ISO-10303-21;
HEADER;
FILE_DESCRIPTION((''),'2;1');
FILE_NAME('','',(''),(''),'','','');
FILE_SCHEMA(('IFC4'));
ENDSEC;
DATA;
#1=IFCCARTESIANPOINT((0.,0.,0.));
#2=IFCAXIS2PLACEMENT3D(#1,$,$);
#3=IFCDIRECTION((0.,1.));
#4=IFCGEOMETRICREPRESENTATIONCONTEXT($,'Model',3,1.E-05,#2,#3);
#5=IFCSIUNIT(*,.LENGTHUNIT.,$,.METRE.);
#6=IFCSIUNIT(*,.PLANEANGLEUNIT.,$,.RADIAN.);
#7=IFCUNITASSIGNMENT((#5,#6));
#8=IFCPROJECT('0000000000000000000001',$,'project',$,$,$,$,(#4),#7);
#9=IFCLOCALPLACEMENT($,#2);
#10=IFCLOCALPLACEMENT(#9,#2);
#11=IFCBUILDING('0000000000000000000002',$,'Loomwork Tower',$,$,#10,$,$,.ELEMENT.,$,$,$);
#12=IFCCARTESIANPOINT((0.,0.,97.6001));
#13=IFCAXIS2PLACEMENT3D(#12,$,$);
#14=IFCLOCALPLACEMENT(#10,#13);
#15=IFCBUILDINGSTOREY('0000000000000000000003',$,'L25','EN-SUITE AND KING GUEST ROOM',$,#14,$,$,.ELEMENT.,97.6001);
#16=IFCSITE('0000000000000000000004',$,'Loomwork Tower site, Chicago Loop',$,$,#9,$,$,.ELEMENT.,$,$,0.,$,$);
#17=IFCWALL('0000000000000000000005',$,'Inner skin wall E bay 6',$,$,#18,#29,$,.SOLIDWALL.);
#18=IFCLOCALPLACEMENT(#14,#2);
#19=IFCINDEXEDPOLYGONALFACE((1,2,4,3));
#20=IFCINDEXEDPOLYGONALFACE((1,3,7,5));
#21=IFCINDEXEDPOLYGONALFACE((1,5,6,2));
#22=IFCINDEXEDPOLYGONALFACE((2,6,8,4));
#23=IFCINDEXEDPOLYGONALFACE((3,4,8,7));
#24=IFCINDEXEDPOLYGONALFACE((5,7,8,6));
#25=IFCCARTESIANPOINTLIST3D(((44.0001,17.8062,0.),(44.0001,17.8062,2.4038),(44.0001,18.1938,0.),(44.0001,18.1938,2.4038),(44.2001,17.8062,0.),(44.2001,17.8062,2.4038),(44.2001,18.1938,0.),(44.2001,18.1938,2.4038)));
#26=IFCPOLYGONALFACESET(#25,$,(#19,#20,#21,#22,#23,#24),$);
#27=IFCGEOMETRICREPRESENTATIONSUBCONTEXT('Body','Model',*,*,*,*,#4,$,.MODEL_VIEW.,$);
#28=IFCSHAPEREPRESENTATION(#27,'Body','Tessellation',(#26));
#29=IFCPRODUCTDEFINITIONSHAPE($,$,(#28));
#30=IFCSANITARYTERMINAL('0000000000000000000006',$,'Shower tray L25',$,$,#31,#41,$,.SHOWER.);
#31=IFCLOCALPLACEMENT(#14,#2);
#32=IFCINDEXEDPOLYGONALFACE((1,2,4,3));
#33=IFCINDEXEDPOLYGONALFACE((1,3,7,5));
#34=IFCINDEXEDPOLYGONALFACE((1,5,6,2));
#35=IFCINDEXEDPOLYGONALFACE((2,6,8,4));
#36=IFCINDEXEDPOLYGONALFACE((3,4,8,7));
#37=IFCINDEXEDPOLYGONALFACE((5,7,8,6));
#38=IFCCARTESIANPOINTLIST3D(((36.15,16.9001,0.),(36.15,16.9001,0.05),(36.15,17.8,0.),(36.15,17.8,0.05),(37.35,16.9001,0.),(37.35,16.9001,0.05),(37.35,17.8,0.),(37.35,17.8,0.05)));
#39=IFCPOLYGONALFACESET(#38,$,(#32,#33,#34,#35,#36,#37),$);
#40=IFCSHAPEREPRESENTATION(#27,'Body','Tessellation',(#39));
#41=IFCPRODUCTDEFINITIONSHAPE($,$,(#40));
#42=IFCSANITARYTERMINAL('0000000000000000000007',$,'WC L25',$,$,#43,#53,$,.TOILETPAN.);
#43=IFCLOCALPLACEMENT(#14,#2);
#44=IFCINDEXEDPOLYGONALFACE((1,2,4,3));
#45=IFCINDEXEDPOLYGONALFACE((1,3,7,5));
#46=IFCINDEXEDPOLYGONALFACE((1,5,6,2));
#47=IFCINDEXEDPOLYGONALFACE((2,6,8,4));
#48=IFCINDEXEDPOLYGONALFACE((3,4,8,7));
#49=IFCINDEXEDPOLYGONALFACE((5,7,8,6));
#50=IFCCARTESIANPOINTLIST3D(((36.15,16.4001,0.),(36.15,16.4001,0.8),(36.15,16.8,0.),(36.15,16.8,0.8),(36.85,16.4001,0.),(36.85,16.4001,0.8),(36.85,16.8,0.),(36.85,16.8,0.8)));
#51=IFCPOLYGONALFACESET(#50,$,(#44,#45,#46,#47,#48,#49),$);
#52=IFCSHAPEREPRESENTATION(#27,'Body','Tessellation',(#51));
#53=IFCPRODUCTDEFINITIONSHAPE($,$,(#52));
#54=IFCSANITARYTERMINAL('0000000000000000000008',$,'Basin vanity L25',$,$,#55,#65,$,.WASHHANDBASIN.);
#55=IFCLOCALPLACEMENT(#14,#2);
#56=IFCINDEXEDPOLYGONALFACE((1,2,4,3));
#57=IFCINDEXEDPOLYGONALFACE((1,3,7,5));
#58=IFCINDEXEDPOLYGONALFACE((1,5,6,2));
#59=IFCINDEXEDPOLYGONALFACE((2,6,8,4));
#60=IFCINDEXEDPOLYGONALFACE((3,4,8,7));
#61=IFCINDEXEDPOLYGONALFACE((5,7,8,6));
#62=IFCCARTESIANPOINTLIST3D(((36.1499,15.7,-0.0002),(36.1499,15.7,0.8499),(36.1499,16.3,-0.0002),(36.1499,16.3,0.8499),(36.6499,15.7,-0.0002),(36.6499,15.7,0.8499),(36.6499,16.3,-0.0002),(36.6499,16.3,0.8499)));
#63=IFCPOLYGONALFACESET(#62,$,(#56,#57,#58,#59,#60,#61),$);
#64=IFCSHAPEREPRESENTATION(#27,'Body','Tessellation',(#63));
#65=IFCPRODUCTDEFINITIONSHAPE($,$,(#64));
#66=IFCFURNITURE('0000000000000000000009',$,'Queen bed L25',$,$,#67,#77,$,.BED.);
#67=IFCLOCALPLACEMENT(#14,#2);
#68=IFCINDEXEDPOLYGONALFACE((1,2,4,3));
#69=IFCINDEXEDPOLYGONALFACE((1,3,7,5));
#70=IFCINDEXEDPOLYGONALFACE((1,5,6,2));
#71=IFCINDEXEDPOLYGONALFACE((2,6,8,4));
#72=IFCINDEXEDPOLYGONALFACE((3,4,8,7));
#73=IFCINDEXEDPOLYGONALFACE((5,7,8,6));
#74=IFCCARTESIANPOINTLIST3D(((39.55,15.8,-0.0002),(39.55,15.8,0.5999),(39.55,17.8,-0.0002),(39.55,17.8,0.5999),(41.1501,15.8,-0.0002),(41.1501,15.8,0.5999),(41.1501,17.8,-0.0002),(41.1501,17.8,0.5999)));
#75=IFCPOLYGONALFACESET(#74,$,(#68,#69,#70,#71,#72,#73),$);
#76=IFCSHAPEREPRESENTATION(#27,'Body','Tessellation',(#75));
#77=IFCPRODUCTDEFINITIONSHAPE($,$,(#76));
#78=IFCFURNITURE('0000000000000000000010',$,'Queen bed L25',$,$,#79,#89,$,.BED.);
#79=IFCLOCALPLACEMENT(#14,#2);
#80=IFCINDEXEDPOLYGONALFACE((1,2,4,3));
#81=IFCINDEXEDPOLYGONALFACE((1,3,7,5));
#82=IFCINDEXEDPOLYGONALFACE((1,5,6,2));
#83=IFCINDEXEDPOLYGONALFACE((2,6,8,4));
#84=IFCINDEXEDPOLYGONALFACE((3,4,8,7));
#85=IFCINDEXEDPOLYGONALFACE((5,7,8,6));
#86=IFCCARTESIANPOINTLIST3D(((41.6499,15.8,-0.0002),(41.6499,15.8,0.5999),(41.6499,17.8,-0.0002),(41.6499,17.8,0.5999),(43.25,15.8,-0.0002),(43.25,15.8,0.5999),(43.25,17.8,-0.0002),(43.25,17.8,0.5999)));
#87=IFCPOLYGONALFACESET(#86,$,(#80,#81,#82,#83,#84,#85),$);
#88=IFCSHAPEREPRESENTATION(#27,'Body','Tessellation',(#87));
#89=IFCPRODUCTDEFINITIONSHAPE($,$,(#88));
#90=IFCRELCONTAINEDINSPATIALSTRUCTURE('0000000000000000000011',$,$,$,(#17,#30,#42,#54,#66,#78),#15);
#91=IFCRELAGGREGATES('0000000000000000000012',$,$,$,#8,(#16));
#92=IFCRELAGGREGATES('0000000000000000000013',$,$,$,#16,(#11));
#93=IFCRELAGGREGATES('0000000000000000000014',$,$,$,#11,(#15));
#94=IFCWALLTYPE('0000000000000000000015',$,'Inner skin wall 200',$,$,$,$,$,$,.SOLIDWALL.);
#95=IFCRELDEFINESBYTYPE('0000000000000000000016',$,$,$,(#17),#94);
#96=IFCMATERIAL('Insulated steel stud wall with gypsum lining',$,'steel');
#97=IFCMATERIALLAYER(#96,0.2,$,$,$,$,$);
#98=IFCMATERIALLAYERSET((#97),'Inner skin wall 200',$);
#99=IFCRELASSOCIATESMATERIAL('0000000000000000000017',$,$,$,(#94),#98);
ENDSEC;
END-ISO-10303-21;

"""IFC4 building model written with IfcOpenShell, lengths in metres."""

from ifc_helpers import new_model, si_unit, direction, frame, frame_2d, origin, origin_2d, place, context, subcontext, project, spatial, rectangle, extrude, material, layer, layer_set, type_object, element, save


model = new_model("IFC4")

# Units and contexts
model_context = context("Model", 3, precision=1e-05, world=origin(), true_north=direction((0.0, 1.0)))
body_context = subcontext(model_context, "Body", "Model", "MODEL_VIEW")
ifc_project = project(units=[si_unit("LENGTHUNIT", "METRE"), si_unit("PLANEANGLEUNIT", "RADIAN")], contexts=[model_context])

# Site, building, storey
site_placement = place(None, origin())
site = spatial("IfcSite", under=ifc_project, at=site_placement, Name="Loomwork Tower site, Chicago Loop", CompositionType="ELEMENT", RefElevation=0.0)
building_placement = place(site_placement, origin())
building = spatial("IfcBuilding", under=site, at=building_placement, Name="Loomwork Tower", CompositionType="ELEMENT")
storey_placement = place(building_placement, frame((0.0, 0.0, 97.6001)))
storey = spatial("IfcBuildingStorey", under=building, at=storey_placement, Name="L25", Description="EN-SUITE AND KING GUEST ROOM", CompositionType="ELEMENT", Elevation=97.6001)

# Wall
ifc_material_1 = material(Name="Insulated steel stud wall with gypsum lining", Category="steel")
ifc_layer_1 = layer(ifc_material_1, 0.2)
ifc_layer_set_1 = layer_set([ifc_layer_1], Name="Inner skin wall 200")
wall_type_1 = type_object("IfcWallType", Name="Inner skin wall 200", PredefinedType="SOLIDWALL", material=ifc_layer_set_1)
wall_1_placement = place(storey_placement, frame((44.1001, 17.8062, 0.0), z_axis=(0.0, 0.0, 1.0), x_axis=(0.0, 1.0, 0.0)))
element("IfcWall", 1, at=wall_1_placement, inside=storey, type_object=wall_type_1, Name="Inner skin wall E bay 6", PredefinedType="SOLIDWALL", context=body_context, shape_type="SweptSolid", body=[
    extrude(rectangle(XDim=0.3877, YDim=0.2, at=frame_2d((0.1938, 0.0))), origin(), (0.0, 0.0, 1.0), 2.4038),
])

# Sanitary terminals
sanitary_terminal_1_placement = place(storey_placement, frame((36.75, 17.3501, 0.0), z_axis=(0.0, 0.0, 1.0), x_axis=(1.0, 0.0, 0.0)))
element("IfcSanitaryTerminal", 2, at=sanitary_terminal_1_placement, inside=storey, Name="Shower tray L25", PredefinedType="SHOWER", context=body_context, shape_type="SweptSolid", body=[
    extrude(rectangle(XDim=1.2, YDim=0.8999, at=origin_2d()), origin(), (0.0, 0.0, 1.0), 0.05),
])
sanitary_terminal_2_placement = place(storey_placement, frame((36.5, 16.6001, 0.0), z_axis=(0.0, 0.0, 1.0), x_axis=(1.0, 0.0, 0.0)))
element("IfcSanitaryTerminal", 3, at=sanitary_terminal_2_placement, inside=storey, Name="WC L25", PredefinedType="TOILETPAN", context=body_context, shape_type="SweptSolid", body=[
    extrude(rectangle(XDim=0.7, YDim=0.3999, at=origin_2d()), origin(), (0.0, 0.0, 1.0), 0.8),
])
sanitary_terminal_3_placement = place(storey_placement, frame((36.3999, 16.0, -0.0002), z_axis=(0.0, 0.0, 1.0), x_axis=(1.0, 0.0, 0.0)))
element("IfcSanitaryTerminal", 4, at=sanitary_terminal_3_placement, inside=storey, Name="Basin vanity L25", PredefinedType="WASHHANDBASIN", context=body_context, shape_type="SweptSolid", body=[
    extrude(rectangle(XDim=0.5, YDim=0.6001, at=origin_2d()), origin(), (0.0, 0.0, 1.0), 0.8501),
])

# Furniture
for number, where, z_axis, x_axis, name in (
    (5, (40.3501, 16.8, -0.0002), (0.0, 0.0, 1.0), (1.0, 0.0, 0.0), "Queen bed L25"),
    (6, (42.45, 16.8, -0.0002), (0.0, 0.0, 1.0), (1.0, 0.0, 0.0), "Queen bed L25"),
):
    element("IfcFurniture", number, at=place(storey_placement, frame(where, z_axis=z_axis, x_axis=x_axis)), inside=storey, Name=name, PredefinedType="BED", context=body_context, shape_type="SweptSolid", body=[
        extrude(rectangle(XDim=1.6001, YDim=2.0, at=origin_2d()), origin(), (0.0, 0.0, 1.0), 0.6001),
    ])

save(model, "model.ifc")
